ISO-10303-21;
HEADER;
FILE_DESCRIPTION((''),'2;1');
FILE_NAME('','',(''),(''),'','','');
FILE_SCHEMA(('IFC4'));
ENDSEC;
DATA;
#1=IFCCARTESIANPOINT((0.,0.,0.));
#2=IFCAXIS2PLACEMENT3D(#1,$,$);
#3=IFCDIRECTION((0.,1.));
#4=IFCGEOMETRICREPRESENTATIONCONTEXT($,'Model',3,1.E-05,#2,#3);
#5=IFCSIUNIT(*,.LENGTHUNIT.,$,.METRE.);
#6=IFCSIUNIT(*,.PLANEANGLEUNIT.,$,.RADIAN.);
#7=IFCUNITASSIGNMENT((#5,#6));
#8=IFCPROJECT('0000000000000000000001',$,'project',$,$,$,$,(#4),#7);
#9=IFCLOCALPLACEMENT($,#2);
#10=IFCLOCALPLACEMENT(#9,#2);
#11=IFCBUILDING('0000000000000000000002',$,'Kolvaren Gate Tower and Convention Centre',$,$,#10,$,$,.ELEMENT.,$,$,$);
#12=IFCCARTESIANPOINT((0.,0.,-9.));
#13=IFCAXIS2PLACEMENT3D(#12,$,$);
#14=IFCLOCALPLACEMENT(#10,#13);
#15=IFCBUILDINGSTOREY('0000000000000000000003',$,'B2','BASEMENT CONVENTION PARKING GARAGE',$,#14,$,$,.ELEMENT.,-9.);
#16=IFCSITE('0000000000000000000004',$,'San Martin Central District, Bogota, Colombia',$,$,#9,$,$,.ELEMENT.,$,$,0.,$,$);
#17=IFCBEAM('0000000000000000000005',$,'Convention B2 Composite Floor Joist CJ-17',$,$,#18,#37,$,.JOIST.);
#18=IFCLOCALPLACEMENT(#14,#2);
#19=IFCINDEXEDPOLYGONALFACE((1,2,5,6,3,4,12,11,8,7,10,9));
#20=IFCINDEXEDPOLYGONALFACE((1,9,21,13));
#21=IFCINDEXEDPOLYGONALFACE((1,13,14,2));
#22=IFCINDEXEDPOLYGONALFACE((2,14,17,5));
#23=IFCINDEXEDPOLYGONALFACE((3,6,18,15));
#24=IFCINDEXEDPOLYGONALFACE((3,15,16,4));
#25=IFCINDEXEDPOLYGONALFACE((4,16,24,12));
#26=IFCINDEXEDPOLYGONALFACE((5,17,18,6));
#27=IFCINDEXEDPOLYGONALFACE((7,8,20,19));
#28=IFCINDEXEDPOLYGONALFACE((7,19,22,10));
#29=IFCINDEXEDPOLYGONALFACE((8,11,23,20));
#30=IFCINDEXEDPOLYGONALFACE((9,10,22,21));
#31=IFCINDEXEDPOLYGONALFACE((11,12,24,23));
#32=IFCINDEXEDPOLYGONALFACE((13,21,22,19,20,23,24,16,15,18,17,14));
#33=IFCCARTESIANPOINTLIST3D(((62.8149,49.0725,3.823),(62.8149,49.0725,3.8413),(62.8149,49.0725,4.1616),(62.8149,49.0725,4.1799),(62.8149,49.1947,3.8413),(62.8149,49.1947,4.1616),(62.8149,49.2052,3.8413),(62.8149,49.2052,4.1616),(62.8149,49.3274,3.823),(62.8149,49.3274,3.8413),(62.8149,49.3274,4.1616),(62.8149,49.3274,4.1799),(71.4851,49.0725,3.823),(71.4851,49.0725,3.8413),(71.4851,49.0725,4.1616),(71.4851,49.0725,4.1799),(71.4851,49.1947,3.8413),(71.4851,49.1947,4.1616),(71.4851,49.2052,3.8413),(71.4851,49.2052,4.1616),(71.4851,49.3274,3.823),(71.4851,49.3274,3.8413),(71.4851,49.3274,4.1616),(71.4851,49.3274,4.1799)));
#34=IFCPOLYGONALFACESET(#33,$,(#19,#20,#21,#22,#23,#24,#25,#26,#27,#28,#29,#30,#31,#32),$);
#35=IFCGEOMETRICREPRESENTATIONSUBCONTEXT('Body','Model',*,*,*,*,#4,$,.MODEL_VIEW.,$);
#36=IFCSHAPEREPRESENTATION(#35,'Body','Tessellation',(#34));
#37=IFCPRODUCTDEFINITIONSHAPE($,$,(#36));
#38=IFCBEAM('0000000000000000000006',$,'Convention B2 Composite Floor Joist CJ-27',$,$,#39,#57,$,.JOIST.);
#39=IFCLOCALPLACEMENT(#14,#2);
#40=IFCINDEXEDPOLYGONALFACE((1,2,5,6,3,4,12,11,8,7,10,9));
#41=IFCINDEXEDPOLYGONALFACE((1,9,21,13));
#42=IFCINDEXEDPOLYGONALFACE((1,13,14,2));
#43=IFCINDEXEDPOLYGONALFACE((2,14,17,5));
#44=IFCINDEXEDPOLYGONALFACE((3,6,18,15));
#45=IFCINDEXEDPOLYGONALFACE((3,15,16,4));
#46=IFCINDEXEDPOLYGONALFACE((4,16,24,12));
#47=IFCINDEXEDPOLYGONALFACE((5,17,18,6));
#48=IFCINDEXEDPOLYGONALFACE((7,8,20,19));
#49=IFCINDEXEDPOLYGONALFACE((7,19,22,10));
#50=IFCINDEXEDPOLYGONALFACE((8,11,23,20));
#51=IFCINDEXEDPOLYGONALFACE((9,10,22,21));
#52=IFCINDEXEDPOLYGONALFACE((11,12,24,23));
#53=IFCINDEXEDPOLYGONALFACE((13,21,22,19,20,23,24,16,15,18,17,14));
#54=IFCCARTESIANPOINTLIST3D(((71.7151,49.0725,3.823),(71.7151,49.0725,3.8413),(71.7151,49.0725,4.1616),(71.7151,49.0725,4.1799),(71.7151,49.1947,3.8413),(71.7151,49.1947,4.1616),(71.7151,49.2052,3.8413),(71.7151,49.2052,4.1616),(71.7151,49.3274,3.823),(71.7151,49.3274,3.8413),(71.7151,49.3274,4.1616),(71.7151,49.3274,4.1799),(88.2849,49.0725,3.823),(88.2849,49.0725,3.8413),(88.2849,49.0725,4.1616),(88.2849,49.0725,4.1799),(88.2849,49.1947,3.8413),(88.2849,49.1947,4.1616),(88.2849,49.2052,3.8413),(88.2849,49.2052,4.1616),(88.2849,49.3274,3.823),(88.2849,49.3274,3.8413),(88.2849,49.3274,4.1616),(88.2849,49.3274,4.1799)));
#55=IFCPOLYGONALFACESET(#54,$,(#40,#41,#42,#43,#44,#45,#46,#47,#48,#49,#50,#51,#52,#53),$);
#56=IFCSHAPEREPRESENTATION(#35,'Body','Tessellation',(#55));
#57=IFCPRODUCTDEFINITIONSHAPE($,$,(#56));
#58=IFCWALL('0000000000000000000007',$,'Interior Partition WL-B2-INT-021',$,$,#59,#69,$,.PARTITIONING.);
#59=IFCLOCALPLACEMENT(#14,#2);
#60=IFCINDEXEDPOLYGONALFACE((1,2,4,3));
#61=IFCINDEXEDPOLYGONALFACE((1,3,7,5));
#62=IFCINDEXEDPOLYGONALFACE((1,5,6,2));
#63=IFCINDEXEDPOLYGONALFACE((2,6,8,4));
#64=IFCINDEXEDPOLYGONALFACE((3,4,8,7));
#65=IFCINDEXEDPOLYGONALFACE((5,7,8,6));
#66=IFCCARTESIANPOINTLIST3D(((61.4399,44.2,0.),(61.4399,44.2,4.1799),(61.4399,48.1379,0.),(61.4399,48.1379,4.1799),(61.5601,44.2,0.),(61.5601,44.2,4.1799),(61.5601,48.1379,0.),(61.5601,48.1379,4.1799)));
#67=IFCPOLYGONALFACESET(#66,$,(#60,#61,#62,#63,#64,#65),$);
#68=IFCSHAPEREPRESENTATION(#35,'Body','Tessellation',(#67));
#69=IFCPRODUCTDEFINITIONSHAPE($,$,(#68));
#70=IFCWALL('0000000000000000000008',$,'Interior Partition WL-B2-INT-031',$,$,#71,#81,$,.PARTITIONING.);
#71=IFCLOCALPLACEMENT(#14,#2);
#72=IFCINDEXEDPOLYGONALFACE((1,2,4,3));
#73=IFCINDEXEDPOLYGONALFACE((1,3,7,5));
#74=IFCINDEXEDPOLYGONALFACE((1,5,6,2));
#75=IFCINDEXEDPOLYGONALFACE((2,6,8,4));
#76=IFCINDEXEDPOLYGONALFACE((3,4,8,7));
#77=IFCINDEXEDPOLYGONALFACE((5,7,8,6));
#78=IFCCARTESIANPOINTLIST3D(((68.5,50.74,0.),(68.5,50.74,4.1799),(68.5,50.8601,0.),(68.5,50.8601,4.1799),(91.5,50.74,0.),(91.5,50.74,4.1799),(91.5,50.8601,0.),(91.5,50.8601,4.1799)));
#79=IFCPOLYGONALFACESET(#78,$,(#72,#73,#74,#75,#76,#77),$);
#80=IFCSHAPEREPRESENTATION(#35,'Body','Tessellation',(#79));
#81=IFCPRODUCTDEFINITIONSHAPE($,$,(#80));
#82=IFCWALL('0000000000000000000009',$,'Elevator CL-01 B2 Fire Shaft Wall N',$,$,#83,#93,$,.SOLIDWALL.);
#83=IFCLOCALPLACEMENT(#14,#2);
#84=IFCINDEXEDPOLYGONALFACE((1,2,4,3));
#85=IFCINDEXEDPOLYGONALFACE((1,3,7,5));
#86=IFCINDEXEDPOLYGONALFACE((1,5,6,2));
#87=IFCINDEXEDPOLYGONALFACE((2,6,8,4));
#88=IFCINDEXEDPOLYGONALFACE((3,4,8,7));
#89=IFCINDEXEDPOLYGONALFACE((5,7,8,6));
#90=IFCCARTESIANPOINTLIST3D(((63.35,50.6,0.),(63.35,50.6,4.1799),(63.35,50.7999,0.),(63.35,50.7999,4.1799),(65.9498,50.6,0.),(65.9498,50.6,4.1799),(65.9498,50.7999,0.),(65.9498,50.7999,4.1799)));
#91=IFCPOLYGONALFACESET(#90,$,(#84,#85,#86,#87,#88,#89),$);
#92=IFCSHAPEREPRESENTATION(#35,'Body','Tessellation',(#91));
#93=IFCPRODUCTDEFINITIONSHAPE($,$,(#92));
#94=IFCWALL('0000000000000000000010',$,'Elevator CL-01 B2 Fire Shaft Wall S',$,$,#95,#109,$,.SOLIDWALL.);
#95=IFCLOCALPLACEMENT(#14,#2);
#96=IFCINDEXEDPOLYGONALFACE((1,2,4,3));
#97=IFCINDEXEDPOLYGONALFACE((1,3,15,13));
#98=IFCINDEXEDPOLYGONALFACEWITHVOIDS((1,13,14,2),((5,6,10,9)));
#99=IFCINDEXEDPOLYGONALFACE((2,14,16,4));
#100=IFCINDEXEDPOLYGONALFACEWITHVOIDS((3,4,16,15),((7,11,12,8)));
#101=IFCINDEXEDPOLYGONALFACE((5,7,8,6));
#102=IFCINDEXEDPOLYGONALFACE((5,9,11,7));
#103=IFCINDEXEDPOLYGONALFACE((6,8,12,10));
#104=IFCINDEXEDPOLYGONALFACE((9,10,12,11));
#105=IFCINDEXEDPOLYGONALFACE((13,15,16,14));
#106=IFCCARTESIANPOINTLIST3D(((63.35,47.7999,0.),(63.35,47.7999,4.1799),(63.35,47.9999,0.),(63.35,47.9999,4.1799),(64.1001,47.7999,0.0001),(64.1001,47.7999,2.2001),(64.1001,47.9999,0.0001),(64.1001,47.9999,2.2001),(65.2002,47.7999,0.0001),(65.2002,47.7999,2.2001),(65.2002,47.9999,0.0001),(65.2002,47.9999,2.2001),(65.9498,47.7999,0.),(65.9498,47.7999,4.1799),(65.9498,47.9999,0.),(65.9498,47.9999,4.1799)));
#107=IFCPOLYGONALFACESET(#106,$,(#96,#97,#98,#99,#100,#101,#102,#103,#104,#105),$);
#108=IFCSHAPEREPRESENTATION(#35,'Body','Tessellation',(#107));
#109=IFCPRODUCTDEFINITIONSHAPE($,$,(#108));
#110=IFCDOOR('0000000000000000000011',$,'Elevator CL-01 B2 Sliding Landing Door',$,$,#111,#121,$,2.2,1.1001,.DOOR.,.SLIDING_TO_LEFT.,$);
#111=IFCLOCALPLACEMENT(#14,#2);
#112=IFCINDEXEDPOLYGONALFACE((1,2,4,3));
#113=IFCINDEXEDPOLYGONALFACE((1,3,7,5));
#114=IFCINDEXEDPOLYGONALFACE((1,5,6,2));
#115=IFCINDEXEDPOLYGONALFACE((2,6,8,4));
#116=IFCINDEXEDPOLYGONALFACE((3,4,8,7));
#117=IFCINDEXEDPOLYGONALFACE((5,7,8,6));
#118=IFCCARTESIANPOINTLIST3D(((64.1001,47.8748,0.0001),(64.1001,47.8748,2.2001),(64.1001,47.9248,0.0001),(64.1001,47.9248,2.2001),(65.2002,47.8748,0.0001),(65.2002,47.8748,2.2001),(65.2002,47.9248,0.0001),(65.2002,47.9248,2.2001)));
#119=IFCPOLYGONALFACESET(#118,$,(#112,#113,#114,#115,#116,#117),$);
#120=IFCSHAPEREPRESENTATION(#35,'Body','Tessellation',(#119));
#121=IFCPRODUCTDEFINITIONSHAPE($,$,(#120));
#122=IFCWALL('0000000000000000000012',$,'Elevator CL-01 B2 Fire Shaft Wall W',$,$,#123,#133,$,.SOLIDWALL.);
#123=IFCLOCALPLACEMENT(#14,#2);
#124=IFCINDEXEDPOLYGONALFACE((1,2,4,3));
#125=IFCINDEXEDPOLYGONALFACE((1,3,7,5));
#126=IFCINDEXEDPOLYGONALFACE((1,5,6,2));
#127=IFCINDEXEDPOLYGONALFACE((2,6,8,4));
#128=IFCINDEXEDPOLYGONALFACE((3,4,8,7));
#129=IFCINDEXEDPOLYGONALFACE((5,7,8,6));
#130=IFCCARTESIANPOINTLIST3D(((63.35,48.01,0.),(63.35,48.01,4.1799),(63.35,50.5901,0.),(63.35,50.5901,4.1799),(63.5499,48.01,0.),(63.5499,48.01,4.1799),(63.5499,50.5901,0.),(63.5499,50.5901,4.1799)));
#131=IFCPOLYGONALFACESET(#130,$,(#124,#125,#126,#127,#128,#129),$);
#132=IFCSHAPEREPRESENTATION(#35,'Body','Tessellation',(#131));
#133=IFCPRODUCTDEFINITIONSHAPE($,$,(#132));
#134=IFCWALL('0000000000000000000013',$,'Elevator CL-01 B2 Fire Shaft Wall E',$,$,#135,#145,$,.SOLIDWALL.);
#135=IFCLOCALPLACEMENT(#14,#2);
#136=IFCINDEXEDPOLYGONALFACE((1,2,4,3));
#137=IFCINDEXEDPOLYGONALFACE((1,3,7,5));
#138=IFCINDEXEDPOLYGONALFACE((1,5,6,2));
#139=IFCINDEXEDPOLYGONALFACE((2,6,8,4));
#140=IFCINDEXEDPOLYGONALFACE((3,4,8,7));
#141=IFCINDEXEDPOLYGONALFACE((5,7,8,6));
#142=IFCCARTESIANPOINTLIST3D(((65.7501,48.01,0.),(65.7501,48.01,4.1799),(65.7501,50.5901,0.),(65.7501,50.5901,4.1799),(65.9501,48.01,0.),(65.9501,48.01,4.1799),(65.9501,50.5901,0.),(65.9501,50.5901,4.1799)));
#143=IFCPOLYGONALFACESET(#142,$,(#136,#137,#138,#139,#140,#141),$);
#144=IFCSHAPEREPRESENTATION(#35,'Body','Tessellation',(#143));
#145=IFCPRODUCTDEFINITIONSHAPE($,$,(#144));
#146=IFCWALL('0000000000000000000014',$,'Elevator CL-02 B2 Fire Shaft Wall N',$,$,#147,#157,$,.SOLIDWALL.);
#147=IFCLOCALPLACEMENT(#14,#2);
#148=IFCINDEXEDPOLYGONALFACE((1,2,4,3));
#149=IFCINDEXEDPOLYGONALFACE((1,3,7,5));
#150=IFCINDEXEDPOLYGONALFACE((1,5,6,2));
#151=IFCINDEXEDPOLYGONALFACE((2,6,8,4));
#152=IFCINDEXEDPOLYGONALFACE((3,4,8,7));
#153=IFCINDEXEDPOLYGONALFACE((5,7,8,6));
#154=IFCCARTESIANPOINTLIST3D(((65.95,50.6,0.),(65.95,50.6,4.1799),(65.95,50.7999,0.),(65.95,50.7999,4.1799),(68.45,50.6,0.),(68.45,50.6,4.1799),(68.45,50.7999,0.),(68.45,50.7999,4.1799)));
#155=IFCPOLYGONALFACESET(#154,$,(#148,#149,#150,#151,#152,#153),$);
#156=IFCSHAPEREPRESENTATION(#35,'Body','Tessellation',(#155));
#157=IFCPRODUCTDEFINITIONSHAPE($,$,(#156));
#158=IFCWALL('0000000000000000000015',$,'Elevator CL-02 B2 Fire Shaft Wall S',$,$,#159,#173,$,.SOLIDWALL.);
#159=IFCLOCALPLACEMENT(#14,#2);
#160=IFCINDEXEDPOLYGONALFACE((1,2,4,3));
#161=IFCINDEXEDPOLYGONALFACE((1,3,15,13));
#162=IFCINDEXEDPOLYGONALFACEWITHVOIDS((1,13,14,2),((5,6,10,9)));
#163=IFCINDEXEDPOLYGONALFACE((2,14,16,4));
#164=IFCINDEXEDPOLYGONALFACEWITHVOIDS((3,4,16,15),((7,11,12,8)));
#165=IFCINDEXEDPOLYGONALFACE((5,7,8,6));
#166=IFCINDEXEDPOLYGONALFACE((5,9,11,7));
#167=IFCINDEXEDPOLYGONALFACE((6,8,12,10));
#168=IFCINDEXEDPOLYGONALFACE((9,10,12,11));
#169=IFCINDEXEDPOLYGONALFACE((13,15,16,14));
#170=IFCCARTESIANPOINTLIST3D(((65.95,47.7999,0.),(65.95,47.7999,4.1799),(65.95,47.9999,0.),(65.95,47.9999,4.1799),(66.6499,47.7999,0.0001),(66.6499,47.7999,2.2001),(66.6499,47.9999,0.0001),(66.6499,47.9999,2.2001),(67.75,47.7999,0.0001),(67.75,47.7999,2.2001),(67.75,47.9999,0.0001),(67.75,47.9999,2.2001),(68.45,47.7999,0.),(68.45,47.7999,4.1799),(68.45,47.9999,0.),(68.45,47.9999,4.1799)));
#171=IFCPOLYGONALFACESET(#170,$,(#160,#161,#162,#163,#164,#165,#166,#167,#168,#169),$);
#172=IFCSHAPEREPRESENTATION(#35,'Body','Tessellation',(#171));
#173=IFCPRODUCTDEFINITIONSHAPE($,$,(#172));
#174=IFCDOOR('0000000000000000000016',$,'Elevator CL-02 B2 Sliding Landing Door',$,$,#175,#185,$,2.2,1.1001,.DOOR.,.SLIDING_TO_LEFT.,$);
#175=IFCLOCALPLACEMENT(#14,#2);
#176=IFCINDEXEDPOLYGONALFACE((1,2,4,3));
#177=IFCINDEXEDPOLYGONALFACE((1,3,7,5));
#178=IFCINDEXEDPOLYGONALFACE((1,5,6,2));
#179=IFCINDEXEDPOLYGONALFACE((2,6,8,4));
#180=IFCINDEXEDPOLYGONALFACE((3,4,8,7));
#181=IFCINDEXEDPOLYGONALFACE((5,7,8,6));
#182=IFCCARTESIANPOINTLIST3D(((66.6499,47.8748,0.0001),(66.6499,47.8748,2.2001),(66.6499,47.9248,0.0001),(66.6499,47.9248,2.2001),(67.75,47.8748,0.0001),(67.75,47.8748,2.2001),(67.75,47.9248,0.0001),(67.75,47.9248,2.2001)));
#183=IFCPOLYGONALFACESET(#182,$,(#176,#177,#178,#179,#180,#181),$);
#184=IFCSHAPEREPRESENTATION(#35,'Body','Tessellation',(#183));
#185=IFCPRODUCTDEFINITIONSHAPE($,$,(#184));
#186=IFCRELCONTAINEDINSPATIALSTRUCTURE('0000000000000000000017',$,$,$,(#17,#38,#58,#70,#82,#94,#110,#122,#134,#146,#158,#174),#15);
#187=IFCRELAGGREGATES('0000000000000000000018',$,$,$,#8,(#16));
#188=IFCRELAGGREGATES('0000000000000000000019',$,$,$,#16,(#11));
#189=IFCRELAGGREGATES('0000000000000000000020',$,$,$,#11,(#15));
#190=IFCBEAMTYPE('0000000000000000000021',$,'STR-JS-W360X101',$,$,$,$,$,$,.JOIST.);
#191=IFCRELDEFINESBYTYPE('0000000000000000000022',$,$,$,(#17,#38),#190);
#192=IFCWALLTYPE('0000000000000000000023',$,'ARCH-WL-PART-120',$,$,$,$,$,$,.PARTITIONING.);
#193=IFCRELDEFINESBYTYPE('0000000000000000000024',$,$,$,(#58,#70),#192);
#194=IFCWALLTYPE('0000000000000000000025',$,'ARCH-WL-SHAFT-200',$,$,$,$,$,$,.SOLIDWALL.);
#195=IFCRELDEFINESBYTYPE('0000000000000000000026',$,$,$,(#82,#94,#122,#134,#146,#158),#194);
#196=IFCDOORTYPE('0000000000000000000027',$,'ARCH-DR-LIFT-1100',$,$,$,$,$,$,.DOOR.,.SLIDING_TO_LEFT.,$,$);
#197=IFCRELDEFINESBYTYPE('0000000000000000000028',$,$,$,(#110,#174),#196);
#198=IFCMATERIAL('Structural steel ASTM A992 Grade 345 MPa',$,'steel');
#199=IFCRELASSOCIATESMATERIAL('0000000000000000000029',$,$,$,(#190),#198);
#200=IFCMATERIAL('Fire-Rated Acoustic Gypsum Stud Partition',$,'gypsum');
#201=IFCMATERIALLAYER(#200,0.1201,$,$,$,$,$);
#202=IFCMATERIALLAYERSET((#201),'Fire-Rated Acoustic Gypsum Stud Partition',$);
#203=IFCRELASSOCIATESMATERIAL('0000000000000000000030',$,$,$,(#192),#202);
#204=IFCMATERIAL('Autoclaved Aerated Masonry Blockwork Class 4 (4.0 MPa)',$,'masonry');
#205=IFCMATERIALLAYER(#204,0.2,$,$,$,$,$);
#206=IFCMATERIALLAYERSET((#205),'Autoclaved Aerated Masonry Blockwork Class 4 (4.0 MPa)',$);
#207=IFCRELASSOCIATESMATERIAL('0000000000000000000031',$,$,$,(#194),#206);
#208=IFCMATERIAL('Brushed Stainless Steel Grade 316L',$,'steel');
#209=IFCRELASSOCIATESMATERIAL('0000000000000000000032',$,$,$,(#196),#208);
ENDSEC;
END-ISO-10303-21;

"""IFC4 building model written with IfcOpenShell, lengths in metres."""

from ifc_helpers import new_model, si_unit, direction, frame, frame_2d, origin, origin_2d, place, context, subcontext, project, spatial, rectangle, i_section, extrude, material, layer, layer_set, material_profile, profile_set, type_object, element, fill, save


model = new_model("IFC4")

# Units and contexts
model_context = context("Model", 3, precision=1e-05, world=origin(), true_north=direction((0.0, 1.0)))
body_context = subcontext(model_context, "Body", "Model", "MODEL_VIEW")
ifc_project = project(units=[si_unit("LENGTHUNIT", "METRE"), si_unit("PLANEANGLEUNIT", "RADIAN")], contexts=[model_context])

# Site, building, storey
site_placement = place(None, origin())
site = spatial("IfcSite", under=ifc_project, at=site_placement, Name="San Martin Central District, Bogota, Colombia", CompositionType="ELEMENT", RefElevation=0.0)
building_placement = place(site_placement, origin())
building = spatial("IfcBuilding", under=site, at=building_placement, Name="Kolvaren Gate Tower and Convention Centre", CompositionType="ELEMENT")
storey_placement = place(building_placement, frame((0.0, 0.0, -9.0)))
storey = spatial("IfcBuildingStorey", under=building, at=storey_placement, Name="B2", Description="BASEMENT CONVENTION PARKING GARAGE", CompositionType="ELEMENT", Elevation=-9.0)

# Beams
ifc_material_1 = material(Name="Structural steel ASTM A992 Grade 345 MPa", Category="steel")
ifc_material_profile_1 = material_profile(ifc_material_1, i_section(OverallWidth=0.2549, OverallDepth=0.3569, WebThickness=0.0105, FlangeThickness=0.0183, at=origin_2d()), Name="W360X101")
ifc_profile_set_1 = profile_set([ifc_material_profile_1], Name="Structural steel ASTM A992 Grade 345 MPa")
beam_type_1 = type_object("IfcBeamType", Name="STR-JS-W360X101", PredefinedType="JOIST", material=ifc_profile_set_1)
beam_1_placement = place(storey_placement, frame((62.8149, 49.2, 4.0015), z_axis=(1.0, 0.0, 0.0), x_axis=(0.0, 1.0, 0.0)))
element("IfcBeam", 1, at=beam_1_placement, inside=storey, type_object=beam_type_1, Name="Convention B2 Composite Floor Joist CJ-17", PredefinedType="JOIST", context=body_context, shape_type="SweptSolid", body=[
    extrude(i_section(OverallWidth=0.2549, OverallDepth=0.3569, WebThickness=0.0105, FlangeThickness=0.0183, at=origin_2d()), origin(), (0.0, 0.0, 1.0), 8.6702),
])
beam_2_placement = place(storey_placement, frame((71.7151, 49.2, 4.0015), z_axis=(1.0, 0.0, 0.0), x_axis=(0.0, 1.0, 0.0)))
element("IfcBeam", 2, at=beam_2_placement, inside=storey, type_object=beam_type_1, Name="Convention B2 Composite Floor Joist CJ-27", PredefinedType="JOIST", context=body_context, shape_type="SweptSolid", body=[
    extrude(i_section(OverallWidth=0.2549, OverallDepth=0.3569, WebThickness=0.0105, FlangeThickness=0.0183, at=origin_2d()), origin(), (0.0, 0.0, 1.0), 16.5698),
])

# Walls
ifc_material_2 = material(Name="Fire-Rated Acoustic Gypsum Stud Partition", Category="gypsum")
ifc_layer_1 = layer(ifc_material_2, 0.1201)
ifc_layer_set_1 = layer_set([ifc_layer_1], Name="Fire-Rated Acoustic Gypsum Stud Partition")
wall_type_1 = type_object("IfcWallType", Name="ARCH-WL-PART-120", PredefinedType="PARTITIONING", material=ifc_layer_set_1)
wall_1_placement = place(storey_placement, frame((61.5, 44.2, 0.0), z_axis=(0.0, 0.0, 1.0), x_axis=(0.0, 1.0, 0.0)))
element("IfcWall", 3, at=wall_1_placement, inside=storey, type_object=wall_type_1, Name="Interior Partition WL-B2-INT-021", PredefinedType="PARTITIONING", context=body_context, shape_type="SweptSolid", body=[
    extrude(rectangle(XDim=3.938, YDim=0.1201, at=frame_2d((1.969, 0.0))), origin(), (0.0, 0.0, 1.0), 4.1799),
])
wall_2_placement = place(storey_placement, frame((68.5, 50.8, 0.0), z_axis=(0.0, 0.0, 1.0), x_axis=(1.0, 0.0, 0.0)))
element("IfcWall", 4, at=wall_2_placement, inside=storey, type_object=wall_type_1, Name="Interior Partition WL-B2-INT-031", PredefinedType="PARTITIONING", context=body_context, shape_type="SweptSolid", body=[
    extrude(rectangle(XDim=23.0, YDim=0.1201, at=frame_2d((11.5, 0.0))), origin(), (0.0, 0.0, 1.0), 4.1799),
])
ifc_material_3 = material(Name="Autoclaved Aerated Masonry Blockwork Class 4 (4.0 MPa)", Category="masonry")
ifc_layer_2 = layer(ifc_material_3, 0.2)
ifc_layer_set_2 = layer_set([ifc_layer_2], Name="Autoclaved Aerated Masonry Blockwork Class 4 (4.0 MPa)")
wall_type_2 = type_object("IfcWallType", Name="ARCH-WL-SHAFT-200", PredefinedType="SOLIDWALL", material=ifc_layer_set_2)
wall_3_placement = place(storey_placement, frame((63.3501, 50.7, 0.0), z_axis=(0.0, 0.0, 1.0), x_axis=(1.0, 0.0, 0.0)))
element("IfcWall", 5, at=wall_3_placement, inside=storey, type_object=wall_type_2, Name="Elevator CL-01 B2 Fire Shaft Wall N", PredefinedType="SOLIDWALL", context=body_context, shape_type="SweptSolid", body=[
    extrude(rectangle(XDim=2.5999, YDim=0.2, at=frame_2d((1.2998, 0.0))), origin(), (0.0, 0.0, 1.0), 4.1799),
])

# Wall, opening, door
wall_4_placement = place(storey_placement, frame((63.3501, 47.8999, 0.0), z_axis=(0.0, 0.0, 1.0), x_axis=(1.0, 0.0, 0.0)))
wall_4 = element("IfcWall", 6, at=wall_4_placement, inside=storey, type_object=wall_type_2, Name="Elevator CL-01 B2 Fire Shaft Wall S", PredefinedType="SOLIDWALL", context=body_context, shape_type="SweptSolid", body=[
    extrude(rectangle(XDim=2.5999, YDim=0.2, at=frame_2d((1.2998, 0.0))), origin(), (0.0, 0.0, 1.0), 4.1799),
])
opening_1_placement = place(wall_4_placement, frame((0.75, 0.0, 0.0)))
opening_1 = element("IfcOpeningElement", 7, at=opening_1_placement, cuts=wall_4, PredefinedType="OPENING", context=body_context, shape_type="SweptSolid", body=[
    extrude(rectangle(XDim=1.1001, YDim=2.2, at=frame_2d((0.55, 1.1001))), frame((0.0, 0.1099, 0.0), z_axis=(0.0, -1.0, 0.0), x_axis=(1.0, 0.0, 0.0)), (0.0, 0.0, 1.0), 0.22),
])
ifc_material_4 = material(Name="Brushed Stainless Steel Grade 316L", Category="steel")
door_type = type_object("IfcDoorType", Name="ARCH-DR-LIFT-1100", OperationType="SLIDING_TO_LEFT", PredefinedType="DOOR", material=ifc_material_4)
door_1_placement = place(opening_1_placement, origin())
door_1 = element("IfcDoor", 8, at=door_1_placement, inside=storey, type_object=door_type, Name="Elevator CL-01 B2 Sliding Landing Door", OperationType="SLIDING_TO_LEFT", OverallHeight=2.2, OverallWidth=1.1001, PredefinedType="DOOR", context=body_context, shape_type="SweptSolid", body=[
    extrude(rectangle(XDim=1.1001, YDim=2.2, at=frame_2d((0.55, 1.1001))), frame((0.0, 0.0249, 0.0), z_axis=(0.0, -1.0, 0.0), x_axis=(1.0, 0.0, 0.0)), (0.0, 0.0, 1.0), 0.05),
])
fill(opening_1, door_1)

# Walls
for number, where, z_axis, x_axis, name in (
    (9, (63.45, 48.01, 0.0), (0.0, 0.0, 1.0), (0.0, 1.0, 0.0), "Elevator CL-01 B2 Fire Shaft Wall W"),
    (10, (65.8501, 48.01, 0.0), (0.0, 0.0, 1.0), (0.0, 1.0, 0.0), "Elevator CL-01 B2 Fire Shaft Wall E"),
):
    element("IfcWall", number, at=place(storey_placement, frame(where, z_axis=z_axis, x_axis=x_axis)), inside=storey, type_object=wall_type_2, Name=name, PredefinedType="SOLIDWALL", context=body_context, shape_type="SweptSolid", body=[
        extrude(rectangle(XDim=2.5801, YDim=0.2, at=frame_2d((1.29, 0.0))), origin(), (0.0, 0.0, 1.0), 4.1799),
    ])
wall_5_placement = place(storey_placement, frame((65.95, 50.7, 0.0), z_axis=(0.0, 0.0, 1.0), x_axis=(1.0, 0.0, 0.0)))
element("IfcWall", 11, at=wall_5_placement, inside=storey, type_object=wall_type_2, Name="Elevator CL-02 B2 Fire Shaft Wall N", PredefinedType="SOLIDWALL", context=body_context, shape_type="SweptSolid", body=[
    extrude(rectangle(XDim=2.5, YDim=0.2, at=frame_2d((1.25, 0.0))), origin(), (0.0, 0.0, 1.0), 4.1799),
])

# Wall, opening, door
wall_6_placement = place(storey_placement, frame((65.95, 47.8999, 0.0), z_axis=(0.0, 0.0, 1.0), x_axis=(1.0, 0.0, 0.0)))
wall_6 = element("IfcWall", 12, at=wall_6_placement, inside=storey, type_object=wall_type_2, Name="Elevator CL-02 B2 Fire Shaft Wall S", PredefinedType="SOLIDWALL", context=body_context, shape_type="SweptSolid", body=[
    extrude(rectangle(XDim=2.5, YDim=0.2, at=frame_2d((1.25, 0.0))), origin(), (0.0, 0.0, 1.0), 4.1799),
])
opening_2_placement = place(wall_6_placement, frame((0.7, 0.0, 0.0)))
opening_2 = element("IfcOpeningElement", 13, at=opening_2_placement, cuts=wall_6, PredefinedType="OPENING", context=body_context, shape_type="SweptSolid", body=[
    extrude(rectangle(XDim=1.1001, YDim=2.2, at=frame_2d((0.55, 1.1001))), frame((0.0, 0.1099, 0.0), z_axis=(0.0, -1.0, 0.0), x_axis=(1.0, 0.0, 0.0)), (0.0, 0.0, 1.0), 0.22),
])
door_2_placement = place(opening_2_placement, origin())
door_2 = element("IfcDoor", 14, at=door_2_placement, inside=storey, type_object=door_type, Name="Elevator CL-02 B2 Sliding Landing Door", OperationType="SLIDING_TO_LEFT", OverallHeight=2.2, OverallWidth=1.1001, PredefinedType="DOOR", context=body_context, shape_type="SweptSolid", body=[
    extrude(rectangle(XDim=1.1001, YDim=2.2, at=frame_2d((0.55, 1.1001))), frame((0.0, 0.0249, 0.0), z_axis=(0.0, -1.0, 0.0), x_axis=(1.0, 0.0, 0.0)), (0.0, 0.0, 1.0), 0.05),
])
fill(opening_2, door_2)

save(model, "model.ifc")
